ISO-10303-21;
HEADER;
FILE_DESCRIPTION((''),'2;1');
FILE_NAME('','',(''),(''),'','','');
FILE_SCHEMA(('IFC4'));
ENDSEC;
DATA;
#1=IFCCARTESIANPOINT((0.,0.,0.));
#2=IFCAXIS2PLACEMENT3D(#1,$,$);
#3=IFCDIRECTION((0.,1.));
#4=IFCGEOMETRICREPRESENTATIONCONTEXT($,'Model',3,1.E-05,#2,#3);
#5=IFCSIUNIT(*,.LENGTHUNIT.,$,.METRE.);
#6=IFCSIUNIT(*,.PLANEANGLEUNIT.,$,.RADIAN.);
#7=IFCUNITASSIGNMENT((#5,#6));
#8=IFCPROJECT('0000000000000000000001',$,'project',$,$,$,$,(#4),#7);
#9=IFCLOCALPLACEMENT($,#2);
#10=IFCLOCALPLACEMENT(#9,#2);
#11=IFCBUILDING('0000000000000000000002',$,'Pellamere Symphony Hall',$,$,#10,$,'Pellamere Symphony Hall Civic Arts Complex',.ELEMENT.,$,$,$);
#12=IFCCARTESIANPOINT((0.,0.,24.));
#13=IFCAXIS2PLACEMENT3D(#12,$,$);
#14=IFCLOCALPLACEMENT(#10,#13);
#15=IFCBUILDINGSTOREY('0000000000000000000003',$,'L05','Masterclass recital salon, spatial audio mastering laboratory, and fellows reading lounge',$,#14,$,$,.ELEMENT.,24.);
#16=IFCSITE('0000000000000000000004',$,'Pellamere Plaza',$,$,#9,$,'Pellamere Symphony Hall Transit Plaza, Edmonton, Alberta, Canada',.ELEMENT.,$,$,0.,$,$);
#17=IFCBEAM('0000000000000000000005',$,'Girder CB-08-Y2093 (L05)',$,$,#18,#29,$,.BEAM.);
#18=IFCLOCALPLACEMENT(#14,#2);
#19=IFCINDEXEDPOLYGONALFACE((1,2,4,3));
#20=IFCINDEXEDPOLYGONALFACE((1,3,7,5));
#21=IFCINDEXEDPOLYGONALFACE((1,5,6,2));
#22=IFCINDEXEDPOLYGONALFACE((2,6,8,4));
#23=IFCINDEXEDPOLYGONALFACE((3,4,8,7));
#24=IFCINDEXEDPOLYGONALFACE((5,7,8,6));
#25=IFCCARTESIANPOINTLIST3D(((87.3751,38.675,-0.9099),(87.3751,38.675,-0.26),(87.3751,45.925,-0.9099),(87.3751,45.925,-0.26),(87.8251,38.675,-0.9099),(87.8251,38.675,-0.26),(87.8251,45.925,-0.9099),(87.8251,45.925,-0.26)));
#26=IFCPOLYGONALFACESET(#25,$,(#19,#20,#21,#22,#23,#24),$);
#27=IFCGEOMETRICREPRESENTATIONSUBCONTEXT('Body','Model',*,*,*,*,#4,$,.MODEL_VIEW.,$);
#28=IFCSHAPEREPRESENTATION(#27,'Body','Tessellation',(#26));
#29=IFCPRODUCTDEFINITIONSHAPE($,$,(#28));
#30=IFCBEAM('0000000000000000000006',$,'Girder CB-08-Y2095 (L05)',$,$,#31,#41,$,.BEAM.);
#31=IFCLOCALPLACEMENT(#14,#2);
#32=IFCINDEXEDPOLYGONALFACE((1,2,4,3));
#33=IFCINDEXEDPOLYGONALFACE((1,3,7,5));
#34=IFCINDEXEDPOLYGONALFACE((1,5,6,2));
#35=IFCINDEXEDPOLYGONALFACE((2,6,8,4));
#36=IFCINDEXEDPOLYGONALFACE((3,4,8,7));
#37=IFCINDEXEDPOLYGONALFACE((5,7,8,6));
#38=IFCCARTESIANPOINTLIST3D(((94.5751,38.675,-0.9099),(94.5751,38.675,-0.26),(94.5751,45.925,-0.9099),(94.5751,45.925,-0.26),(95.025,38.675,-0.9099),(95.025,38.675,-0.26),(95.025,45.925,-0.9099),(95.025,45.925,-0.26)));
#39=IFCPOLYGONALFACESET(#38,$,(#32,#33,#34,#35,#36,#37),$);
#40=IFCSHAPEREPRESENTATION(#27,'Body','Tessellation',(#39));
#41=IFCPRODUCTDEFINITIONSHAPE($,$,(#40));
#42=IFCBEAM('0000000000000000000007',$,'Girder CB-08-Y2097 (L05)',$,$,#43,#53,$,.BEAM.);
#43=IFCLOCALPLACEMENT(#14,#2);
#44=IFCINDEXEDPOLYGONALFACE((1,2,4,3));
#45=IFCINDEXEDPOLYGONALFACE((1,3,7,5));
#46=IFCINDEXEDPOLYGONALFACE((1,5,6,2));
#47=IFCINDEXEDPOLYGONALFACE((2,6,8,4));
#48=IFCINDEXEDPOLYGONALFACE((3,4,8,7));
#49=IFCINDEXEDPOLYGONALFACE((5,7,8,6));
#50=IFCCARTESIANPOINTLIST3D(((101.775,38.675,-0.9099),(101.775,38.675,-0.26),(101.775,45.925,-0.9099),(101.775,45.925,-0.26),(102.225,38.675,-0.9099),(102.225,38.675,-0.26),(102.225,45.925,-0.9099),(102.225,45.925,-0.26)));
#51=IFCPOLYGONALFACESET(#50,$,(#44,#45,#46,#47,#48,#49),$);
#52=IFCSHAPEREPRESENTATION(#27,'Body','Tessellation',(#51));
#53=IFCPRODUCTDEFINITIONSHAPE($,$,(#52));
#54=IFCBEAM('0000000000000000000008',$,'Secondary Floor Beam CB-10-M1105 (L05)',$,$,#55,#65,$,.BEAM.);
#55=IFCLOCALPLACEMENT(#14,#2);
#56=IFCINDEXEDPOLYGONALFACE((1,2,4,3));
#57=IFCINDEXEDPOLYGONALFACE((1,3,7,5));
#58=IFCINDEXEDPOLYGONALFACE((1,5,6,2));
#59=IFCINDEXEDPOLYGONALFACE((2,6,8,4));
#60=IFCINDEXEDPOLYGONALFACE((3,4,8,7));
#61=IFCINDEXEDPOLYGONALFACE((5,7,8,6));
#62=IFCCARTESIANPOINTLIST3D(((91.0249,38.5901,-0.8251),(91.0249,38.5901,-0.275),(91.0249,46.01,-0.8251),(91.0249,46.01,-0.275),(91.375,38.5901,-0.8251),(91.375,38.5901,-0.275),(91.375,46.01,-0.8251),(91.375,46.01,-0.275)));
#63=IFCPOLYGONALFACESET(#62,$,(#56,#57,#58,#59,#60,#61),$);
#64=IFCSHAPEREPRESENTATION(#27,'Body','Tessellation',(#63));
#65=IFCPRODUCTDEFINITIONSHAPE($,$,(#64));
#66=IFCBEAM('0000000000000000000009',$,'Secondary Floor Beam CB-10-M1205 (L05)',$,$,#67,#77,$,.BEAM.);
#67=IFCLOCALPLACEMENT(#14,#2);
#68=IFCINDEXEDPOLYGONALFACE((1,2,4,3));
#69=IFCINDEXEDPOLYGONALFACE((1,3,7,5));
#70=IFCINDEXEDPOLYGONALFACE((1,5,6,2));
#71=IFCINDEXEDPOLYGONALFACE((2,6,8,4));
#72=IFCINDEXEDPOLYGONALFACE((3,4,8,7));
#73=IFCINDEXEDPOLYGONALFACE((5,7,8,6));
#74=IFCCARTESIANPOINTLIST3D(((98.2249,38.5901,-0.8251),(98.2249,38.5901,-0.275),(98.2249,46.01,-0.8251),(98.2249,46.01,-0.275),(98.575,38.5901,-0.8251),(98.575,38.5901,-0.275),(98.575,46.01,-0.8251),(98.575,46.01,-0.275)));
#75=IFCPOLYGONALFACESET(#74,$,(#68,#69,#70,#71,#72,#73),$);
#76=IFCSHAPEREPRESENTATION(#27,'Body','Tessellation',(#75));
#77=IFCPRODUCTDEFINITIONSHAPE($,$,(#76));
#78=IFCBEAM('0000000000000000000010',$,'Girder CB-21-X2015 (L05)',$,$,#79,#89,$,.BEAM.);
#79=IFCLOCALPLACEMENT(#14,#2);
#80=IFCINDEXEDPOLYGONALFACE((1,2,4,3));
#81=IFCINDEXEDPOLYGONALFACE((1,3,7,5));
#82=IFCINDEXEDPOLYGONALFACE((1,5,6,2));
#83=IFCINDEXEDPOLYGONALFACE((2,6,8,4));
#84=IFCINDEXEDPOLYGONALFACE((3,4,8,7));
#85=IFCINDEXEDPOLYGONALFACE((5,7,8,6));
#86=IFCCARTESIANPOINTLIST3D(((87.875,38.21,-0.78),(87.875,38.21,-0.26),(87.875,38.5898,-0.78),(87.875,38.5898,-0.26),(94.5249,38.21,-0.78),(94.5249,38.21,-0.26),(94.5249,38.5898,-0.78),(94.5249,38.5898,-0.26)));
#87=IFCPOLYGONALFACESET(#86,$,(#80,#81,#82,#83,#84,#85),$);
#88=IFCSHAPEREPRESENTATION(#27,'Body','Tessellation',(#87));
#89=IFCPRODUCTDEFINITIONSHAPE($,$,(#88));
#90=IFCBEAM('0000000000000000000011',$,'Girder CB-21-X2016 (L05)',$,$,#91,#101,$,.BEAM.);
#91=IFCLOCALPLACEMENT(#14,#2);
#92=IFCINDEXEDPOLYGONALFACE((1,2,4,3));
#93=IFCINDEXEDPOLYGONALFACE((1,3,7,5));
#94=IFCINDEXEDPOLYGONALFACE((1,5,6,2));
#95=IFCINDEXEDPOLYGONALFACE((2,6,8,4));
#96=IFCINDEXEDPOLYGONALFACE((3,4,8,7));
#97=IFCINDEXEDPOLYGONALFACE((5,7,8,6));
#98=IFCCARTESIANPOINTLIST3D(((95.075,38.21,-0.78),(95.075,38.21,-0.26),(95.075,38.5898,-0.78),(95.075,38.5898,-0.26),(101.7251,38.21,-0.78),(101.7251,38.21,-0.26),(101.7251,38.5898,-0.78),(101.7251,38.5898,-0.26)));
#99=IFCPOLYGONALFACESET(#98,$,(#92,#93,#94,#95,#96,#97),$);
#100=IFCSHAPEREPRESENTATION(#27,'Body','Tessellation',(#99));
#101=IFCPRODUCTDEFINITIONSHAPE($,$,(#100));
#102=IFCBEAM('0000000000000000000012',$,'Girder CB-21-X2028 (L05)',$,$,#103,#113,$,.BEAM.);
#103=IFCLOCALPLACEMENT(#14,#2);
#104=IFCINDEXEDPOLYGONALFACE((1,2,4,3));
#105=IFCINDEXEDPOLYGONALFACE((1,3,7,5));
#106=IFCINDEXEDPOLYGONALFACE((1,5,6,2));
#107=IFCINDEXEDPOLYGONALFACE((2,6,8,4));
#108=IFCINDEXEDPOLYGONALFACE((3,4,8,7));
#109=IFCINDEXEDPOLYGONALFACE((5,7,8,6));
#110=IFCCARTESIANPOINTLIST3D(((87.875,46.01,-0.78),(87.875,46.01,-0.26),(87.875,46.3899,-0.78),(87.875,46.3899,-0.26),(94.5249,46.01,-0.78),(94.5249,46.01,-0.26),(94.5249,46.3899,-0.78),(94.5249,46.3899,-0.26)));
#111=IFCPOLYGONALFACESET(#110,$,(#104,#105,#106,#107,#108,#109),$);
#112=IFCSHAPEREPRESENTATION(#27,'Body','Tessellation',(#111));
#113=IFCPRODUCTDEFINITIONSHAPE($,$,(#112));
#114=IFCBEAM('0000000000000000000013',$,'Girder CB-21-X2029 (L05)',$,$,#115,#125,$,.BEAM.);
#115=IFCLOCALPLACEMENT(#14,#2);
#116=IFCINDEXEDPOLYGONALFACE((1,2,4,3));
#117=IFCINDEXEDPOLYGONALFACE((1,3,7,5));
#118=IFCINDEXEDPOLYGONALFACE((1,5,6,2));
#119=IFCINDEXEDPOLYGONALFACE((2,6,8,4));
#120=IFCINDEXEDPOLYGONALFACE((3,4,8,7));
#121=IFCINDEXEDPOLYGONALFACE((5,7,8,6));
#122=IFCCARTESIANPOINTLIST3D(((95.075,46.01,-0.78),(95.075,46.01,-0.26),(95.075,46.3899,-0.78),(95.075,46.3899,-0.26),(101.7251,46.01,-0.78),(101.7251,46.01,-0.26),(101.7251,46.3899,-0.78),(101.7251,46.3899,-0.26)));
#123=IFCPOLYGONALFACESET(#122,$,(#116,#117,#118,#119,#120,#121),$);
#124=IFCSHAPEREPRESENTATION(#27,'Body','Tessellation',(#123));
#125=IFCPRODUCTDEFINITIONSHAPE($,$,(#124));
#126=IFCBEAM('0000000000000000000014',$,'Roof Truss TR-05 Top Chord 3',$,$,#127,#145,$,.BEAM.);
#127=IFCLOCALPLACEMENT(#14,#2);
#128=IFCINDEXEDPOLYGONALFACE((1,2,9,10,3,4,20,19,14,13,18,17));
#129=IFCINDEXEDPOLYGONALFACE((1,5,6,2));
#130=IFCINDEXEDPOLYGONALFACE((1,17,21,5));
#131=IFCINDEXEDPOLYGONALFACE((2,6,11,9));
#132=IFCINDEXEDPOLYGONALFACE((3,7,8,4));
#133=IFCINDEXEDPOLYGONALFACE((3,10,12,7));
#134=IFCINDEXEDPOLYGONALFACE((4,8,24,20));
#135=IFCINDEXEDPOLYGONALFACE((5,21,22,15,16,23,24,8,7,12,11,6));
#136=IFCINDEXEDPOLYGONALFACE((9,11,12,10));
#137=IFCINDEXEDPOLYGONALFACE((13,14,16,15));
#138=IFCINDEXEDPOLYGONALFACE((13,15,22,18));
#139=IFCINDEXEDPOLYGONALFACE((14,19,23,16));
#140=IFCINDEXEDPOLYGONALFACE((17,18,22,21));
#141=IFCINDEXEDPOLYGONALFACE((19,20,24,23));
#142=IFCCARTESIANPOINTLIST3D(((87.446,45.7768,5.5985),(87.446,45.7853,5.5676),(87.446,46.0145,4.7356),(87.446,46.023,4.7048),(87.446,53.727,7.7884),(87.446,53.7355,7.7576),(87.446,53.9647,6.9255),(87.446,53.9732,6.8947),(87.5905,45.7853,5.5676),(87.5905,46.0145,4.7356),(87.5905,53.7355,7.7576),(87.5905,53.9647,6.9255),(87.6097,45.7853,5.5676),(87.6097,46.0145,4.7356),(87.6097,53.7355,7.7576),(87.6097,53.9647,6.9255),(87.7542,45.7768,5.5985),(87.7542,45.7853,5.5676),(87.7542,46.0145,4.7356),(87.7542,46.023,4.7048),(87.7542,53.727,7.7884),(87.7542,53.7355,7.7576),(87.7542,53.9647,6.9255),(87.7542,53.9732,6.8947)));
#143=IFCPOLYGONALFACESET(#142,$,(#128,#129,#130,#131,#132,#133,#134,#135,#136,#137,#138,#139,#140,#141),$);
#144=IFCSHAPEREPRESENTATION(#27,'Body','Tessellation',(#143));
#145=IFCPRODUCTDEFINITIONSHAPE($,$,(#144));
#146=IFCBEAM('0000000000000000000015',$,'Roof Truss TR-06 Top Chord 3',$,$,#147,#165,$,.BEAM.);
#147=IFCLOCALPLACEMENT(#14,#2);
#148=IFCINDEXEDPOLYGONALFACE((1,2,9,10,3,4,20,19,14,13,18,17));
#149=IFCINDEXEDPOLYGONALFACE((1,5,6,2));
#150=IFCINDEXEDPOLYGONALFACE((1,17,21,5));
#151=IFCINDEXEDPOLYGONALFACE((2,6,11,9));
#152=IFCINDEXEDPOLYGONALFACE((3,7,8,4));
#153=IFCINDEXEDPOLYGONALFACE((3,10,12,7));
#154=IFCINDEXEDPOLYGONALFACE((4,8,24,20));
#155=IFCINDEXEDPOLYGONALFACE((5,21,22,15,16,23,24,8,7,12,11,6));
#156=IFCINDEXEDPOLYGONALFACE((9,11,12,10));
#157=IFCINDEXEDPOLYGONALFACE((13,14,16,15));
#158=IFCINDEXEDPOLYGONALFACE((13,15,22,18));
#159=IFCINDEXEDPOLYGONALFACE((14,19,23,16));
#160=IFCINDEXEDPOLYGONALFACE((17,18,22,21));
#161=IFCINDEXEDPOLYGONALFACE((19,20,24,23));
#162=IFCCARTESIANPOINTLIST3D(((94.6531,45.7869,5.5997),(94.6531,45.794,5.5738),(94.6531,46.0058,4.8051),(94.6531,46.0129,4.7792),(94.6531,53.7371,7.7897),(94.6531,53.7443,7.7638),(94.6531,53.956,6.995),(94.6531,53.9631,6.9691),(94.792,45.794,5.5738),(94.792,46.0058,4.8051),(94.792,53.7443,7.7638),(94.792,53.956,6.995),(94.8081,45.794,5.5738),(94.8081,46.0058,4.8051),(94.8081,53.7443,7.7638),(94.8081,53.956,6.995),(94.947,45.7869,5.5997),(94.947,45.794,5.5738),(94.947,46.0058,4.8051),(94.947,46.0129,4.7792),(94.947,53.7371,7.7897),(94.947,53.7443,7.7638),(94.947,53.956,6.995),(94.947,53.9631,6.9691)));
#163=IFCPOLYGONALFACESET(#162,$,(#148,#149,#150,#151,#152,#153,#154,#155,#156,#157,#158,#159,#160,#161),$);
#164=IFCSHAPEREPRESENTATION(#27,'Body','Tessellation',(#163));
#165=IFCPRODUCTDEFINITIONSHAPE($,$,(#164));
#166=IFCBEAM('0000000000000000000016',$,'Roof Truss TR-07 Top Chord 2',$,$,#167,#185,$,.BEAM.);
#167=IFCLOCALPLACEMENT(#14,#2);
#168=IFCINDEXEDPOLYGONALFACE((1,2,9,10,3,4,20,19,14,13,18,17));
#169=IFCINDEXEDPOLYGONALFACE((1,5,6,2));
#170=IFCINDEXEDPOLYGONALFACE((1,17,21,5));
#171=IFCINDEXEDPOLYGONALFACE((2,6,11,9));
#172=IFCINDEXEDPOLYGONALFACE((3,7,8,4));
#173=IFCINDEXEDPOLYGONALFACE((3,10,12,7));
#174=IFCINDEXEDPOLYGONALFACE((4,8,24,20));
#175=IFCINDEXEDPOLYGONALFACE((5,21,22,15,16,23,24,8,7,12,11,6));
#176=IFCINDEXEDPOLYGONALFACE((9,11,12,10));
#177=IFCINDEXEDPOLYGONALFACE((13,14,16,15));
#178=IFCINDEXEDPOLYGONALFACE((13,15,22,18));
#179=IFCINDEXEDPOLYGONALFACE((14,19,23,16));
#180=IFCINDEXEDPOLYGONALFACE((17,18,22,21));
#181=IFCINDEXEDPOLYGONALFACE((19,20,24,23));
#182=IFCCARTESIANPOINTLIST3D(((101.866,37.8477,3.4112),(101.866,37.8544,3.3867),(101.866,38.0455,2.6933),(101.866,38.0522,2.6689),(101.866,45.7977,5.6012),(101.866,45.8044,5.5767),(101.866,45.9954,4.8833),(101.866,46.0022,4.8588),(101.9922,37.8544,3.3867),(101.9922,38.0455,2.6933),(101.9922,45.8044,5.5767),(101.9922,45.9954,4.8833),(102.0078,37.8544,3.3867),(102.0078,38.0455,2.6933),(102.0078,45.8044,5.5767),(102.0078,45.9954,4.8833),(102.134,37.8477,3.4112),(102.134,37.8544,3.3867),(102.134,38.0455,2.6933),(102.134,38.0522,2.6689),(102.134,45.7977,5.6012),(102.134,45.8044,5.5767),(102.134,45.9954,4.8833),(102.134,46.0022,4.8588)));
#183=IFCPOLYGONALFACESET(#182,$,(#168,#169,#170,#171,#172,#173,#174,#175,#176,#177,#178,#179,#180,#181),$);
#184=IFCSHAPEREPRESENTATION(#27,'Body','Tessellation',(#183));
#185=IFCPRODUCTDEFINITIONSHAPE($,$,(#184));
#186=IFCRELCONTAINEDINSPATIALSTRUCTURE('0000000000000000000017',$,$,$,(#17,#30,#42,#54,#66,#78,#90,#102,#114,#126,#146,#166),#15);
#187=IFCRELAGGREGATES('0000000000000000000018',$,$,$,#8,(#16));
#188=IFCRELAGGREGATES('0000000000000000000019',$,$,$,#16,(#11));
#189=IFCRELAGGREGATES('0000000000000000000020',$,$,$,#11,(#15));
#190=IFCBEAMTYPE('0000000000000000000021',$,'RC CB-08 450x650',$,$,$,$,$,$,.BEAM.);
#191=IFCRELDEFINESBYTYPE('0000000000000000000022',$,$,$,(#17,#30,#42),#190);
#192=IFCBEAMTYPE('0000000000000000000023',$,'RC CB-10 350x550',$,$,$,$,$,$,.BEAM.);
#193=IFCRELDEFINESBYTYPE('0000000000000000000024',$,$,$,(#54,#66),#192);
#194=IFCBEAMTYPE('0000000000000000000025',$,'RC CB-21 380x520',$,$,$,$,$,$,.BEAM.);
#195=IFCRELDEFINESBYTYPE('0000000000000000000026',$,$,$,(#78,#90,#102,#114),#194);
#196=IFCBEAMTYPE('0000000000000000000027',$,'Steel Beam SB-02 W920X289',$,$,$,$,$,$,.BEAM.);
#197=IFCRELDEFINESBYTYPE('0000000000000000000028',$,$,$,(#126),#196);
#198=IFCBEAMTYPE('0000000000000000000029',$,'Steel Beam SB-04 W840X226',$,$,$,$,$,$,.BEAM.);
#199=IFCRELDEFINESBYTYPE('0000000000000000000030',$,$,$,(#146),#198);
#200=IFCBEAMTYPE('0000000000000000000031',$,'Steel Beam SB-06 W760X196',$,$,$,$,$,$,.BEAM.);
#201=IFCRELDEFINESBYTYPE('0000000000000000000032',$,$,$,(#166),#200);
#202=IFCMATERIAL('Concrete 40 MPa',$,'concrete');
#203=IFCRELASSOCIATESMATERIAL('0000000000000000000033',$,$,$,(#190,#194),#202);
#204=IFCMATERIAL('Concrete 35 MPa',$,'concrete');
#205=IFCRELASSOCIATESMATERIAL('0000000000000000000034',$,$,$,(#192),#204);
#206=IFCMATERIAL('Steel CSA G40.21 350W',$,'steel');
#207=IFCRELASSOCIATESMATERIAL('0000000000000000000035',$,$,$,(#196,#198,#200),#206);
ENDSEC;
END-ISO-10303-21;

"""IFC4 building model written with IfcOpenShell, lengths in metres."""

from ifc_helpers import new_model, si_unit, direction, frame, origin, origin_2d, place, context, subcontext, project, spatial, rectangle, i_section, extrude, material, material_profile, profile_set, type_object, element, save


model = new_model("IFC4")

# Units and contexts
model_context = context("Model", 3, precision=1e-05, world=origin(), true_north=direction((0.0, 1.0)))
body_context = subcontext(model_context, "Body", "Model", "MODEL_VIEW")
ifc_project = project(units=[si_unit("LENGTHUNIT", "METRE"), si_unit("PLANEANGLEUNIT", "RADIAN")], contexts=[model_context])

# Site, building, storey
site_placement = place(None, origin())
site = spatial("IfcSite", under=ifc_project, at=site_placement, Name="Pellamere Plaza", LongName="Pellamere Symphony Hall Transit Plaza, Edmonton, Alberta, Canada", CompositionType="ELEMENT", RefElevation=0.0)
building_placement = place(site_placement, origin())
building = spatial("IfcBuilding", under=site, at=building_placement, Name="Pellamere Symphony Hall", LongName="Pellamere Symphony Hall Civic Arts Complex", CompositionType="ELEMENT")
storey_placement = place(building_placement, frame((0.0, 0.0, 24.0)))
storey = spatial("IfcBuildingStorey", under=building, at=storey_placement, Name="L05", Description="Masterclass recital salon, spatial audio mastering laboratory, and fellows reading lounge", CompositionType="ELEMENT", Elevation=24.0)

# Beams
ifc_material_1 = material(Name="Concrete 40 MPa", Category="concrete")
ifc_material_profile_1 = material_profile(ifc_material_1, rectangle(XDim=0.45, YDim=0.6499, at=origin_2d()), Name="RC 450x650")
ifc_profile_set_1 = profile_set([ifc_material_profile_1], Name="Concrete 40 MPa")
beam_type_1 = type_object("IfcBeamType", Name="RC CB-08 450x650", PredefinedType="BEAM", material=ifc_profile_set_1)
for number, where, z_axis, x_axis, name in (
    (1, (87.6001, 38.675, -0.585), (0.0, 1.0, 0.0), (-1.0, 0.0, 0.0), "Girder CB-08-Y2093 (L05)"),
    (2, (94.8, 38.675, -0.585), (0.0, 1.0, 0.0), (-1.0, 0.0, 0.0), "Girder CB-08-Y2095 (L05)"),
    (3, (102.0, 38.675, -0.585), (0.0, 1.0, 0.0), (-1.0, 0.0, 0.0), "Girder CB-08-Y2097 (L05)"),
):
    element("IfcBeam", number, at=place(storey_placement, frame(where, z_axis=z_axis, x_axis=x_axis)), inside=storey, type_object=beam_type_1, Name=name, PredefinedType="BEAM", context=body_context, shape_type="SweptSolid", body=[
        extrude(rectangle(XDim=0.45, YDim=0.6499, at=origin_2d()), origin(), (0.0, 0.0, 1.0), 7.25),
    ])
ifc_material_2 = material(Name="Concrete 35 MPa", Category="concrete")
ifc_material_profile_2 = material_profile(ifc_material_2, rectangle(XDim=0.3501, YDim=0.55, at=origin_2d()), Name="RC 350x550")
ifc_profile_set_2 = profile_set([ifc_material_profile_2], Name="Concrete 35 MPa")
beam_type_2 = type_object("IfcBeamType", Name="RC CB-10 350x550", PredefinedType="BEAM", material=ifc_profile_set_2)
for number, where, z_axis, x_axis, name in (
    (4, (91.2, 38.5901, -0.55), (0.0, 1.0, 0.0), (-1.0, 0.0, 0.0), "Secondary Floor Beam CB-10-M1105 (L05)"),
    (5, (98.3999, 38.5901, -0.55), (0.0, 1.0, 0.0), (-1.0, 0.0, 0.0), "Secondary Floor Beam CB-10-M1205 (L05)"),
):
    element("IfcBeam", number, at=place(storey_placement, frame(where, z_axis=z_axis, x_axis=x_axis)), inside=storey, type_object=beam_type_2, Name=name, PredefinedType="BEAM", context=body_context, shape_type="SweptSolid", body=[
        extrude(rectangle(XDim=0.3501, YDim=0.55, at=origin_2d()), origin(), (0.0, 0.0, 1.0), 7.4199),
    ])
ifc_material_profile_3 = material_profile(ifc_material_1, rectangle(XDim=0.3799, YDim=0.52, at=origin_2d()), Name="RC 380x520")
ifc_profile_set_3 = profile_set([ifc_material_profile_3], Name="Concrete 40 MPa")
beam_type_3 = type_object("IfcBeamType", Name="RC CB-21 380x520", PredefinedType="BEAM", material=ifc_profile_set_3)
beam_1_placement = place(storey_placement, frame((87.875, 38.3999, -0.52), z_axis=(1.0, 0.0, 0.0), x_axis=(0.0, 1.0, 0.0)))
element("IfcBeam", 6, at=beam_1_placement, inside=storey, type_object=beam_type_3, Name="Girder CB-21-X2015 (L05)", PredefinedType="BEAM", context=body_context, shape_type="SweptSolid", body=[
    extrude(rectangle(XDim=0.3799, YDim=0.52, at=origin_2d()), origin(), (0.0, 0.0, 1.0), 6.6499),
])
beam_2_placement = place(storey_placement, frame((95.075, 38.3999, -0.52), z_axis=(1.0, 0.0, 0.0), x_axis=(0.0, 1.0, 0.0)))
element("IfcBeam", 7, at=beam_2_placement, inside=storey, type_object=beam_type_3, Name="Girder CB-21-X2016 (L05)", PredefinedType="BEAM", context=body_context, shape_type="SweptSolid", body=[
    extrude(rectangle(XDim=0.3799, YDim=0.52, at=origin_2d()), origin(), (0.0, 0.0, 1.0), 6.6501),
])
beam_3_placement = place(storey_placement, frame((87.875, 46.2, -0.52), z_axis=(1.0, 0.0, 0.0), x_axis=(0.0, 1.0, 0.0)))
element("IfcBeam", 8, at=beam_3_placement, inside=storey, type_object=beam_type_3, Name="Girder CB-21-X2028 (L05)", PredefinedType="BEAM", context=body_context, shape_type="SweptSolid", body=[
    extrude(rectangle(XDim=0.3799, YDim=0.52, at=origin_2d()), origin(), (0.0, 0.0, 1.0), 6.6499),
])
beam_4_placement = place(storey_placement, frame((95.075, 46.2, -0.52), z_axis=(1.0, 0.0, 0.0), x_axis=(0.0, 1.0, 0.0)))
element("IfcBeam", 9, at=beam_4_placement, inside=storey, type_object=beam_type_3, Name="Girder CB-21-X2029 (L05)", PredefinedType="BEAM", context=body_context, shape_type="SweptSolid", body=[
    extrude(rectangle(XDim=0.3799, YDim=0.52, at=origin_2d()), origin(), (0.0, 0.0, 1.0), 6.6501),
])
ifc_material_3 = material(Name="Steel CSA G40.21 350W", Category="steel")
ifc_material_profile_4 = material_profile(ifc_material_3, i_section(OverallWidth=0.3081, OverallDepth=0.927, WebThickness=0.0193, FlangeThickness=0.032, at=origin_2d()), Name="W920X289")
ifc_profile_set_4 = profile_set([ifc_material_profile_4], Name="Steel CSA G40.21 350W")
beam_type_4 = type_object("IfcBeamType", Name="Steel Beam SB-02 W920X289", PredefinedType="BEAM", material=ifc_profile_set_4)
beam_5_placement = place(storey_placement, frame((87.6001, 45.8999, 5.1516), z_axis=(0.0, 0.964093, 0.265567), x_axis=(-1.0, 0.0, 0.0)))
element("IfcBeam", 10, at=beam_5_placement, inside=storey, type_object=beam_type_4, Name="Roof Truss TR-05 Top Chord 3", PredefinedType="BEAM", context=body_context, shape_type="SweptSolid", body=[
    extrude(i_section(OverallWidth=0.3081, OverallDepth=0.927, WebThickness=0.0193, FlangeThickness=0.032, at=origin_2d()), origin(), (0.0, 0.0, 1.0), 8.2463),
])
ifc_material_profile_5 = material_profile(ifc_material_3, i_section(OverallWidth=0.2939, OverallDepth=0.8511, WebThickness=0.0161, FlangeThickness=0.0269, at=origin_2d()), Name="W840X226")
ifc_profile_set_5 = profile_set([ifc_material_profile_5], Name="Steel CSA G40.21 350W")
beam_type_5 = type_object("IfcBeamType", Name="Steel Beam SB-04 W840X226", PredefinedType="BEAM", material=ifc_profile_set_5)
beam_6_placement = place(storey_placement, frame((94.8, 45.8999, 5.1895), z_axis=(0.0, 0.964093, 0.265567), x_axis=(-1.0, 0.0, 0.0)))
element("IfcBeam", 11, at=beam_6_placement, inside=storey, type_object=beam_type_5, Name="Roof Truss TR-06 Top Chord 3", PredefinedType="BEAM", context=body_context, shape_type="SweptSolid", body=[
    extrude(i_section(OverallWidth=0.2939, OverallDepth=0.8511, WebThickness=0.0161, FlangeThickness=0.0269, at=origin_2d()), origin(), (0.0, 0.0, 1.0), 8.2463),
])
ifc_material_profile_6 = material_profile(ifc_material_3, i_section(OverallWidth=0.2681, OverallDepth=0.77, WebThickness=0.0156, FlangeThickness=0.0254, at=origin_2d()), Name="W760X196")
ifc_profile_set_6 = profile_set([ifc_material_profile_6], Name="Steel CSA G40.21 350W")
beam_type_6 = type_object("IfcBeamType", Name="Steel Beam SB-06 W760X196", PredefinedType="BEAM", material=ifc_profile_set_6)
beam_7_placement = place(storey_placement, frame((102.0, 37.95, 3.04), z_axis=(0.0, 0.96409, 0.265574), x_axis=(-1.0, 0.0, 0.0)))
element("IfcBeam", 12, at=beam_7_placement, inside=storey, type_object=beam_type_6, Name="Roof Truss TR-07 Top Chord 2", PredefinedType="BEAM", context=body_context, shape_type="SweptSolid", body=[
    extrude(i_section(OverallWidth=0.2681, OverallDepth=0.77, WebThickness=0.0156, FlangeThickness=0.0254, at=origin_2d()), origin(), (0.0, 0.0, 1.0), 8.2461),
])

save(model, "model.ifc")
